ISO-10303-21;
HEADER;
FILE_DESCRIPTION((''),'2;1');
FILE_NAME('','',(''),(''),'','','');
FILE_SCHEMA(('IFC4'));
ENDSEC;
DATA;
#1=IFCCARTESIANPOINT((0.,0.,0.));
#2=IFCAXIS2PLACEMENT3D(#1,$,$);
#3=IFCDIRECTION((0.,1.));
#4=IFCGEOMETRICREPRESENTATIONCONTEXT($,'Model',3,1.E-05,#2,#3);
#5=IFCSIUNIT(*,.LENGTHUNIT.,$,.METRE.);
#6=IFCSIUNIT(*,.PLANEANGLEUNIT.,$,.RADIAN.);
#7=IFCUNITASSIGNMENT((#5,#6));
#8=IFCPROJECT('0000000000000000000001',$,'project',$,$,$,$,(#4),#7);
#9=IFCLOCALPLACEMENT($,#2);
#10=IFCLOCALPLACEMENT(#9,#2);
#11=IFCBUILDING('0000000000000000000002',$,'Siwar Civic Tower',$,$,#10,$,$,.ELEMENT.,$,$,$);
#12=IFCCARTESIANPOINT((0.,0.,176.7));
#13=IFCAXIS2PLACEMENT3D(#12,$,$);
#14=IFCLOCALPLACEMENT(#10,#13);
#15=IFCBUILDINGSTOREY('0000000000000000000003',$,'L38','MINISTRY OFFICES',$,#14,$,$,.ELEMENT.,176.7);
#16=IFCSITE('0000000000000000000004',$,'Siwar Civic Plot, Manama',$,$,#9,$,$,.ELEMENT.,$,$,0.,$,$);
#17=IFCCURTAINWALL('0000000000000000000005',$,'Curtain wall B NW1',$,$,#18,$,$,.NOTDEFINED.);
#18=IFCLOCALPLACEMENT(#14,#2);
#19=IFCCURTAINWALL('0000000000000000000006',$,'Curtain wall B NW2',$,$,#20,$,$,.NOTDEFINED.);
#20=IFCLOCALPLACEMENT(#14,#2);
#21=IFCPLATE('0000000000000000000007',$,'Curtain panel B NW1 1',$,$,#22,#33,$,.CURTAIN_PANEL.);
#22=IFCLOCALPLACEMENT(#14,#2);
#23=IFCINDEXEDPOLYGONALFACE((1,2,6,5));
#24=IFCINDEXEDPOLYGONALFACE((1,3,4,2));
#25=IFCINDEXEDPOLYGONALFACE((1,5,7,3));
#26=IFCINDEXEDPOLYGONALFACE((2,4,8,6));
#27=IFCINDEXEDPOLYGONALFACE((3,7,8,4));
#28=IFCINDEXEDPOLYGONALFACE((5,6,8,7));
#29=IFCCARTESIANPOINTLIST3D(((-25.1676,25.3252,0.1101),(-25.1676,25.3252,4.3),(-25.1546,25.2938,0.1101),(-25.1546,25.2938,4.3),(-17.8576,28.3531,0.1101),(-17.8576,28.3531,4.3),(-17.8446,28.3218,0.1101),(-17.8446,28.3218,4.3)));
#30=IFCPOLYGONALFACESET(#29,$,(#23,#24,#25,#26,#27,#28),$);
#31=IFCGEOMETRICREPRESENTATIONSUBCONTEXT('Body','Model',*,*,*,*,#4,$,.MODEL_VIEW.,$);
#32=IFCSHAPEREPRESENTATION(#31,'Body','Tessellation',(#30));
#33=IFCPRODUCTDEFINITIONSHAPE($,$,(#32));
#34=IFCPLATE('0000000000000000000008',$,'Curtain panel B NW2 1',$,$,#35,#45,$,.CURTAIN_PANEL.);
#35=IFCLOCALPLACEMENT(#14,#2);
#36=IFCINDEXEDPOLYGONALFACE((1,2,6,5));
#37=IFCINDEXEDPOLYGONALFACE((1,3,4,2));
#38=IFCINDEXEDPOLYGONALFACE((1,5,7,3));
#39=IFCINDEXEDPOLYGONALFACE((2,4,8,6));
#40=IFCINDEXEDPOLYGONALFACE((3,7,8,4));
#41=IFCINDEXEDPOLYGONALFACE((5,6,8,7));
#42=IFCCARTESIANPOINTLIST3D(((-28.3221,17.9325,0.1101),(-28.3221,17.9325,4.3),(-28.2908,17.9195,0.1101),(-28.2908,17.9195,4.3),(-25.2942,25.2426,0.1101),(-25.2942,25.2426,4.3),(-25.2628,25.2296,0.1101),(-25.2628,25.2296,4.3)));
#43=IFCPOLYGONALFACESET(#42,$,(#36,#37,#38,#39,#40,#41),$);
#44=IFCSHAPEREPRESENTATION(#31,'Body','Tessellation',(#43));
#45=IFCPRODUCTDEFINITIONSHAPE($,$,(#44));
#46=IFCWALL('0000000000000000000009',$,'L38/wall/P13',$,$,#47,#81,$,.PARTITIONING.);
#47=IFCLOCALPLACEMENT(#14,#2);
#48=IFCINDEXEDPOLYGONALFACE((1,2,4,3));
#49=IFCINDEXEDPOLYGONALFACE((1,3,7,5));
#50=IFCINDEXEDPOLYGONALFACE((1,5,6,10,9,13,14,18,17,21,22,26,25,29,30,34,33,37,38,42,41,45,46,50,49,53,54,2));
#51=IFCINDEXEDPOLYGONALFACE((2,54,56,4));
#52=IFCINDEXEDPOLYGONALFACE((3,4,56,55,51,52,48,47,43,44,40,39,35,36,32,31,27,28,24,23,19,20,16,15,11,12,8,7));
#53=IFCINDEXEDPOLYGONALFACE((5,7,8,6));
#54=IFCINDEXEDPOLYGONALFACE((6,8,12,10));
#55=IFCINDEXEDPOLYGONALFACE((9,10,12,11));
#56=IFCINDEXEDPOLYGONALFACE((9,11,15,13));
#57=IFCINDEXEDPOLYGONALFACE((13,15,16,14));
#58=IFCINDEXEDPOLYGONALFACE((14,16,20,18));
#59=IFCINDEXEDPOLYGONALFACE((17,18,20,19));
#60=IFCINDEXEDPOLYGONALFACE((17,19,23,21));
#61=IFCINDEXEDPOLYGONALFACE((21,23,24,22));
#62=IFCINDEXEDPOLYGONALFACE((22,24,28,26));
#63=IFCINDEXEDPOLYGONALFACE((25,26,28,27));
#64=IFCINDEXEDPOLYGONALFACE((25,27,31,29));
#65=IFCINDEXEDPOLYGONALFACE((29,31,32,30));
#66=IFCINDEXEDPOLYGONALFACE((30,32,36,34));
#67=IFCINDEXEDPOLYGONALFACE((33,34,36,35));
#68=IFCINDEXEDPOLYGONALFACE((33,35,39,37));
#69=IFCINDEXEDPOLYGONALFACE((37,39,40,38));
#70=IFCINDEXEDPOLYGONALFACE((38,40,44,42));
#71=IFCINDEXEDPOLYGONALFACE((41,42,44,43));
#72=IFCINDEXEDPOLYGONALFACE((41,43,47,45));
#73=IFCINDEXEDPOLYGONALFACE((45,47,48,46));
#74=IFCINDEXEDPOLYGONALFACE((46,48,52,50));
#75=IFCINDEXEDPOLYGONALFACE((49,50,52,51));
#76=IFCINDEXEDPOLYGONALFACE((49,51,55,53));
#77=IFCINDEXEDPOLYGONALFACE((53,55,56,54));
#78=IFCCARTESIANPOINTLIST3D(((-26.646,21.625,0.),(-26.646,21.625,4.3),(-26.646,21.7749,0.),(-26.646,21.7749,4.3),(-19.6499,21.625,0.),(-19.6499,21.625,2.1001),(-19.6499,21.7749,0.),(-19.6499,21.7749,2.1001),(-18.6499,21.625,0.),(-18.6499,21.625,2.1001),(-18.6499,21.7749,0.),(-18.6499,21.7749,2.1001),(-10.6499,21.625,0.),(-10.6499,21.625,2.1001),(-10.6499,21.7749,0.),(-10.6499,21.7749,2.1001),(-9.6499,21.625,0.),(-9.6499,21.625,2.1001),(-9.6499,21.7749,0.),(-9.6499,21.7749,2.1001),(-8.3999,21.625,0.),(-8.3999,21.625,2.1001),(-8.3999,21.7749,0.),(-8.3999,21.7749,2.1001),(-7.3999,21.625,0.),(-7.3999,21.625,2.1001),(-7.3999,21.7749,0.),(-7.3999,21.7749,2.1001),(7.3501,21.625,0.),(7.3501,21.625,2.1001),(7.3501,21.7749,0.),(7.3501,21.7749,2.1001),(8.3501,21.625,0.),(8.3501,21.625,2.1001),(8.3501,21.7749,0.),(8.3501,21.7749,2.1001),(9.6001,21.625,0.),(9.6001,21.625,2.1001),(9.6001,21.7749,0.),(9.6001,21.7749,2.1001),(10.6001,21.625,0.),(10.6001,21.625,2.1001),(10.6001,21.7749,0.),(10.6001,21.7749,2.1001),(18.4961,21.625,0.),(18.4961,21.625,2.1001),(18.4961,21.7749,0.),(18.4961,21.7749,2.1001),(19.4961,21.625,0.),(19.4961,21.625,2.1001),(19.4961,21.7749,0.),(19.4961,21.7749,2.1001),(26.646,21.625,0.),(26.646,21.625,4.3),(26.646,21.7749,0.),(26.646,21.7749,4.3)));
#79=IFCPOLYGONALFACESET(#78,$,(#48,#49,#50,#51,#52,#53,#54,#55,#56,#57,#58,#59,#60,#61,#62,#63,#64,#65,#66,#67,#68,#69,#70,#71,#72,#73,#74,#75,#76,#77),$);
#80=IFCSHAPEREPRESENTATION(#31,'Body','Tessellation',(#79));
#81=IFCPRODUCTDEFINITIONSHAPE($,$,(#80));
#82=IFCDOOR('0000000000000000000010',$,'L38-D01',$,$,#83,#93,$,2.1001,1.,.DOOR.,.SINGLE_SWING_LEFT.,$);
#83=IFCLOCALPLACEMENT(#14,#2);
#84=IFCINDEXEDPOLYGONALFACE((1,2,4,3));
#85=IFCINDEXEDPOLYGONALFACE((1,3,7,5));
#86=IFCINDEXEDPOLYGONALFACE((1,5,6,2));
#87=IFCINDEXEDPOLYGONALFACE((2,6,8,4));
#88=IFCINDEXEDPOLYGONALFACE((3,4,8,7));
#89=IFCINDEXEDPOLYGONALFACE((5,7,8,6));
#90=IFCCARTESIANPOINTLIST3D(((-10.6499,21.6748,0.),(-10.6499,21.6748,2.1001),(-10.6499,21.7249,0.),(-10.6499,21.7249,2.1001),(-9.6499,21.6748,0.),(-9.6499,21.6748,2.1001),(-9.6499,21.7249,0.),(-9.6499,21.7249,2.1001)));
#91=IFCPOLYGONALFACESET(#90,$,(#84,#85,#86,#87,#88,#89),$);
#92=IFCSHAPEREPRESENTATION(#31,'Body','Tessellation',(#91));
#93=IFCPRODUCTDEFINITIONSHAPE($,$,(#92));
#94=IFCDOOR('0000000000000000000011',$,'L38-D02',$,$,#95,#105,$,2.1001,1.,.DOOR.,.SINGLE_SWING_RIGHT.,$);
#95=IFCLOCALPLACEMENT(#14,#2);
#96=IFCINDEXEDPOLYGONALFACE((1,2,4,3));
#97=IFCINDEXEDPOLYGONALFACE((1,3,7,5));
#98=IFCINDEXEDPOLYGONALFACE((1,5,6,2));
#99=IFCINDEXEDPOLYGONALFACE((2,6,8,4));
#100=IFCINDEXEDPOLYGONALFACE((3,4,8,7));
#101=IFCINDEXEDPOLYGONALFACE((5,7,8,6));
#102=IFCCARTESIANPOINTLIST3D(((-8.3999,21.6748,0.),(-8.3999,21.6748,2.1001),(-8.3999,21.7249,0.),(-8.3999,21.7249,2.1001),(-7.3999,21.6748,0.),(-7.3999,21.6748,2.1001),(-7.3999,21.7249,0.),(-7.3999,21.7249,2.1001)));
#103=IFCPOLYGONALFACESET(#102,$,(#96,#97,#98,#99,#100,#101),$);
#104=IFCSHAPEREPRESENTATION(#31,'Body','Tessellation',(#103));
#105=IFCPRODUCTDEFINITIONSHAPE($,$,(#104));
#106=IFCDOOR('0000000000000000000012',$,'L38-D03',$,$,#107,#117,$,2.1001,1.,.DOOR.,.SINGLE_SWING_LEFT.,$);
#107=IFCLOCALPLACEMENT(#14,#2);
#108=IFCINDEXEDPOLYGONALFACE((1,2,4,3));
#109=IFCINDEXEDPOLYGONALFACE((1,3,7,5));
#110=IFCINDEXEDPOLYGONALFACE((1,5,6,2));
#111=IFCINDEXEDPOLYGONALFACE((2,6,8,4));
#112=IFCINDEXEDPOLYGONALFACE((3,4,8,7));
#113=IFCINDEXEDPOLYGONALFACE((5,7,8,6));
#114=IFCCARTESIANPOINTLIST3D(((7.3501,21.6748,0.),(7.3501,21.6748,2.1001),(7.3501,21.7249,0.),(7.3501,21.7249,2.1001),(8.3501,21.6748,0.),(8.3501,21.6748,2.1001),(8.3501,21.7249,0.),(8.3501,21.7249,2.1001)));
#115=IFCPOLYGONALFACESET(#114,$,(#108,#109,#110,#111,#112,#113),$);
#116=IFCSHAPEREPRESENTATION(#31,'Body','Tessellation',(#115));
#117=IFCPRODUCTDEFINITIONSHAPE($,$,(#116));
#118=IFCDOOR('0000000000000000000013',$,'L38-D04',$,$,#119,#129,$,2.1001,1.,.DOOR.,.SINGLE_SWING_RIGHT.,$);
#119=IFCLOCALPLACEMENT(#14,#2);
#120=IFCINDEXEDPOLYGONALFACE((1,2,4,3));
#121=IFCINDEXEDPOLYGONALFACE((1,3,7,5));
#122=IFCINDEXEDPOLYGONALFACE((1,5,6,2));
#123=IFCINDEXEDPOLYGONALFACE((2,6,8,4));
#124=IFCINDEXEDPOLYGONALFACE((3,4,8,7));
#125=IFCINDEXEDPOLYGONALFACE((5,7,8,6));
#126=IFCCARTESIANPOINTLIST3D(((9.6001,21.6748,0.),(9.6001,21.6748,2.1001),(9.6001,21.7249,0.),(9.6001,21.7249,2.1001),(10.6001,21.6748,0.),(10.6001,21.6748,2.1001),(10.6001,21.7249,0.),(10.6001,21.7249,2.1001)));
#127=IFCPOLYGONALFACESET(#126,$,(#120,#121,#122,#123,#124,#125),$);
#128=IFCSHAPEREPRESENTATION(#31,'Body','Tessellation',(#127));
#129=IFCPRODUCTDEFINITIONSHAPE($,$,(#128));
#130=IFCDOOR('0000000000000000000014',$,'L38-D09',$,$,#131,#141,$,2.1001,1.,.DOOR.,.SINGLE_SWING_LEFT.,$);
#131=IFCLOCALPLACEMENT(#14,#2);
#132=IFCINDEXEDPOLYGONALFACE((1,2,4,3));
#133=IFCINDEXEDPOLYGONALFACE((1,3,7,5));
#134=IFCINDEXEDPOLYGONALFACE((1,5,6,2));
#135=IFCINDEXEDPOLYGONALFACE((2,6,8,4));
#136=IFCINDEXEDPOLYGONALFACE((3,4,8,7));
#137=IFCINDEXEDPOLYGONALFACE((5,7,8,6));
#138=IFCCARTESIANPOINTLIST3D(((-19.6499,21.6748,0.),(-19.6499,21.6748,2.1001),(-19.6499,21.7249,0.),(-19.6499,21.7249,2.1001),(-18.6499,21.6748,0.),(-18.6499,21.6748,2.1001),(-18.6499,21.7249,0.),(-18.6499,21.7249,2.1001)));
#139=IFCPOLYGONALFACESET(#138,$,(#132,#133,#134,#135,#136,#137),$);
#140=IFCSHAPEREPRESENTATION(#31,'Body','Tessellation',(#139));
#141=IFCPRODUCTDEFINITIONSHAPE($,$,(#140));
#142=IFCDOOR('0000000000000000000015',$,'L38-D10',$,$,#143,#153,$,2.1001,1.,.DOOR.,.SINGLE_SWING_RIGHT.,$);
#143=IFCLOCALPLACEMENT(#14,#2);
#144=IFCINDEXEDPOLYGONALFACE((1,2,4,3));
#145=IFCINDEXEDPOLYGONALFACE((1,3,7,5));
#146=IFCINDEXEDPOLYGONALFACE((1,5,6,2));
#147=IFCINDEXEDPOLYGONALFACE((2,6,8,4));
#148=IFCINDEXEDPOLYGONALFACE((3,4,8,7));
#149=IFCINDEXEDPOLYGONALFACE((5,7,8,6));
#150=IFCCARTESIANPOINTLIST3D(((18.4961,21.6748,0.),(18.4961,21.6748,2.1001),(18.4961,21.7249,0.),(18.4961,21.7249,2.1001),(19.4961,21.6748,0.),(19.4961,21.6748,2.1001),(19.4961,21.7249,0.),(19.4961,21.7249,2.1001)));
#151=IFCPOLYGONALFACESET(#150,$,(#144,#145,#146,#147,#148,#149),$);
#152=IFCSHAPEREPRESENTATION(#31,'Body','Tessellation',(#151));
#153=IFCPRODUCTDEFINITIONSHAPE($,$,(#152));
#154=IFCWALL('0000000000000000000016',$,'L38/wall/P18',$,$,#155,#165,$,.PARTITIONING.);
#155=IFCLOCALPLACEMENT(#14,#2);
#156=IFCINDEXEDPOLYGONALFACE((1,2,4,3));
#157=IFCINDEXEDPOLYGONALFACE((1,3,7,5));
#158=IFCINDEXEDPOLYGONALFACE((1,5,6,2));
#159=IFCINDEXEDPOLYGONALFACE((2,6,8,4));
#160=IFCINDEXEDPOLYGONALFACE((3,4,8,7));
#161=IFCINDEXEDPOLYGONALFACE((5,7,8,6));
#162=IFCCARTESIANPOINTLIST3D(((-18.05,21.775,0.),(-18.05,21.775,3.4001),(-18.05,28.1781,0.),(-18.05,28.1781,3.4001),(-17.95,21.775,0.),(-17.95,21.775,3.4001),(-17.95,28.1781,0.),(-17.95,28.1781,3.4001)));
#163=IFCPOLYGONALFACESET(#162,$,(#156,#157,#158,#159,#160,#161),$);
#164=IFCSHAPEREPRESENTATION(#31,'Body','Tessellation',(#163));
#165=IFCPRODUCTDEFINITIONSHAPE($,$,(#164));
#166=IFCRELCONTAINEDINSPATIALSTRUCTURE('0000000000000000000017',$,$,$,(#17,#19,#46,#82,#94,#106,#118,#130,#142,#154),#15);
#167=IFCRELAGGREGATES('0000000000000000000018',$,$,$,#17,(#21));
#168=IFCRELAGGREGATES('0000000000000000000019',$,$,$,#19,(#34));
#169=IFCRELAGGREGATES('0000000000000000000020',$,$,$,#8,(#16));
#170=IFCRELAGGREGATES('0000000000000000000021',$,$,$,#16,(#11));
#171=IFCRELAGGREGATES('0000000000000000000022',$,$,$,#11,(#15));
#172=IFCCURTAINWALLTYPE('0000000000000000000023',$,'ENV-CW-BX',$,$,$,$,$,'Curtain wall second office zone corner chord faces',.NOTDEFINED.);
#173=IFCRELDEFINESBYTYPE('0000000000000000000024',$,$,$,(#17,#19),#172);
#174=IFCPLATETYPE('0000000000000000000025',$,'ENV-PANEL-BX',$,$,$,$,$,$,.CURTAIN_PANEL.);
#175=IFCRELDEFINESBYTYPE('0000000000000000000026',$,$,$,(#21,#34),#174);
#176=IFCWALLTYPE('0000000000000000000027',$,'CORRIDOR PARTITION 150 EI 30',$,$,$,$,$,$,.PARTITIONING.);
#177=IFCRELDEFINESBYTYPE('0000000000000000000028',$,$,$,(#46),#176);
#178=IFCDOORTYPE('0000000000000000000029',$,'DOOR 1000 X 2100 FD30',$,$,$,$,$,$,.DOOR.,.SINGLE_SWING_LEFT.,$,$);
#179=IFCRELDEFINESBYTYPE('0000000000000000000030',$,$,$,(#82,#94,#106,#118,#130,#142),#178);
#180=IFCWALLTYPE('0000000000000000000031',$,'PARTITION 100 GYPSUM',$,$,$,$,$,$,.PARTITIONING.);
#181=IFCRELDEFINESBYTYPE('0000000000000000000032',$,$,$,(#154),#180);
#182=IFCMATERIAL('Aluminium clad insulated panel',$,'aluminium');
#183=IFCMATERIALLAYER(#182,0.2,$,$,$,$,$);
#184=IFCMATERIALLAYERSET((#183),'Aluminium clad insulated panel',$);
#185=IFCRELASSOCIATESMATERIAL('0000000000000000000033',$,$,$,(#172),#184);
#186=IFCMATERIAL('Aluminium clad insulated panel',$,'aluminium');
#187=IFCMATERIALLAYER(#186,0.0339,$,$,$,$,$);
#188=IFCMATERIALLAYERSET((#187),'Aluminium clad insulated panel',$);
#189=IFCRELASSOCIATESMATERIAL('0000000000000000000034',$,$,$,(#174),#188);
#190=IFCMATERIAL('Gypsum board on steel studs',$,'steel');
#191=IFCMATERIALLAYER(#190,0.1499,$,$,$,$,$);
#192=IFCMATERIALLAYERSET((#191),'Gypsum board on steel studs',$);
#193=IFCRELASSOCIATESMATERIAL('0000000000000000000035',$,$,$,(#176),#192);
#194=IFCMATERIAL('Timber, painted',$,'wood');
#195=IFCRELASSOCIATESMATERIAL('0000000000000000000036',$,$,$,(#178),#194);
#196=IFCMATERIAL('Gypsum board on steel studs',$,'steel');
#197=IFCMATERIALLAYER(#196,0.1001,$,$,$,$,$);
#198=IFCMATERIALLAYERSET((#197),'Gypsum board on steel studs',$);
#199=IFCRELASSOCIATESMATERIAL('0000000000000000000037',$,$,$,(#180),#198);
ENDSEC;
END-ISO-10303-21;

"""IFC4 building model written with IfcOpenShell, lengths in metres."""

from ifc_helpers import new_model, si_unit, direction, frame, frame_2d, origin, origin_2d, place, context, subcontext, project, spatial, rectangle, extrude, material, layer, layer_set, type_object, element, fill, aggregate, save


model = new_model("IFC4")

# Units and contexts
model_context = context("Model", 3, precision=1e-05, world=origin(), true_north=direction((0.0, 1.0)))
body_context = subcontext(model_context, "Body", "Model", "MODEL_VIEW")
ifc_project = project(units=[si_unit("LENGTHUNIT", "METRE"), si_unit("PLANEANGLEUNIT", "RADIAN")], contexts=[model_context])

# Site, building, storey
site_placement = place(None, origin())
site = spatial("IfcSite", under=ifc_project, at=site_placement, Name="Siwar Civic Plot, Manama", CompositionType="ELEMENT", RefElevation=0.0)
building_placement = place(site_placement, origin())
building = spatial("IfcBuilding", under=site, at=building_placement, Name="Siwar Civic Tower", CompositionType="ELEMENT")
storey_placement = place(building_placement, frame((0.0, 0.0, 176.7)))
storey = spatial("IfcBuildingStorey", under=building, at=storey_placement, Name="L38", Description="MINISTRY OFFICES", CompositionType="ELEMENT", Elevation=176.7)

# Curtain walls
ifc_material_1 = material(Name="Aluminium clad insulated panel", Category="aluminium")
ifc_layer_1 = layer(ifc_material_1, 0.2)
ifc_layer_set_1 = layer_set([ifc_layer_1], Name="Aluminium clad insulated panel")
curtain_wall_type = type_object("IfcCurtainWallType", Name="ENV-CW-BX", ElementType="Curtain wall second office zone corner chord faces", PredefinedType="NOTDEFINED", material=ifc_layer_set_1)
curtain_wall_1_placement = place(storey_placement, origin())
curtain_wall_1 = element("IfcCurtainWall", 1, at=curtain_wall_1_placement, inside=storey, type_object=curtain_wall_type, Name="Curtain wall B NW1", PredefinedType="NOTDEFINED")
curtain_wall_2_placement = place(storey_placement, origin())
curtain_wall_2 = element("IfcCurtainWall", 2, at=curtain_wall_2_placement, inside=storey, type_object=curtain_wall_type, Name="Curtain wall B NW2", PredefinedType="NOTDEFINED")

# Plates
ifc_material_2 = material(Name="Aluminium clad insulated panel", Category="aluminium")
ifc_layer_2 = layer(ifc_material_2, 0.0339)
ifc_layer_set_2 = layer_set([ifc_layer_2], Name="Aluminium clad insulated panel")
plate_type = type_object("IfcPlateType", Name="ENV-PANEL-BX", PredefinedType="CURTAIN_PANEL", material=ifc_layer_set_2)
plate_1_placement = place(storey_placement, frame((-21.5061, 26.8235, 0.1101), z_axis=(0.0, 0.0, 1.0), x_axis=(-0.92388, -0.382683, 0.0)))
plate_1 = element("IfcPlate", 3, at=plate_1_placement, type_object=plate_type, Name="Curtain panel B NW1 1", PredefinedType="CURTAIN_PANEL", context=body_context, shape_type="SweptSolid", body=[
    extrude(rectangle(XDim=7.9124, YDim=0.0339, at=origin_2d()), origin(), (0.0, 0.0, 1.0), 4.1899),
])
aggregate(curtain_wall_1, [plate_1])
plate_2_placement = place(storey_placement, frame((-26.7925, 21.5811, 0.1101), z_axis=(0.0, 0.0, 1.0), x_axis=(-0.382683, -0.92388, 0.0)))
plate_2 = element("IfcPlate", 4, at=plate_2_placement, type_object=plate_type, Name="Curtain panel B NW2 1", PredefinedType="CURTAIN_PANEL", context=body_context, shape_type="SweptSolid", body=[
    extrude(rectangle(XDim=7.9124, YDim=0.0339, at=origin_2d()), origin(), (0.0, 0.0, 1.0), 4.1899),
])
aggregate(curtain_wall_2, [plate_2])

# Wall, openings, doors
ifc_material_3 = material(Name="Gypsum board on steel studs", Category="steel")
ifc_layer_3 = layer(ifc_material_3, 0.1499)
ifc_layer_set_3 = layer_set([ifc_layer_3], Name="Gypsum board on steel studs")
wall_type_1 = type_object("IfcWallType", Name="CORRIDOR PARTITION 150 EI 30", PredefinedType="PARTITIONING", material=ifc_layer_set_3)
wall_1_placement = place(storey_placement, frame((-26.646, 21.7, 0.0), z_axis=(0.0, 0.0, 1.0), x_axis=(1.0, 0.0, 0.0)))
wall_1 = element("IfcWall", 5, at=wall_1_placement, inside=storey, type_object=wall_type_1, Name="L38/wall/P13", PredefinedType="PARTITIONING", context=body_context, shape_type="SweptSolid", body=[
    extrude(rectangle(XDim=53.292, YDim=0.1499, at=frame_2d((26.646, 0.0))), origin(), (0.0, 0.0, 1.0), 4.3),
])
opening_1_placement = place(wall_1_placement, frame((15.9961, 0.0, 0.0)))
opening_1 = element("IfcOpeningElement", 6, at=opening_1_placement, cuts=wall_1, PredefinedType="OPENING", context=body_context, shape_type="SweptSolid", body=[
    extrude(rectangle(XDim=1.0, YDim=2.1001, at=frame_2d((0.5, 1.05))), frame((0.0, 0.085, 0.0), z_axis=(0.0, -1.0, 0.0), x_axis=(1.0, 0.0, 0.0)), (0.0, 0.0, 1.0), 0.1699),
])
opening_2_placement = place(wall_1_placement, frame((18.2461, 0.0, 0.0)))
opening_2 = element("IfcOpeningElement", 7, at=opening_2_placement, cuts=wall_1, PredefinedType="OPENING", context=body_context, shape_type="SweptSolid", body=[
    extrude(rectangle(XDim=1.0, YDim=2.1001, at=frame_2d((0.5, 1.05))), frame((0.0, 0.085, 0.0), z_axis=(0.0, -1.0, 0.0), x_axis=(1.0, 0.0, 0.0)), (0.0, 0.0, 1.0), 0.1699),
])
opening_3_placement = place(wall_1_placement, frame((33.9961, 0.0, 0.0)))
opening_3 = element("IfcOpeningElement", 8, at=opening_3_placement, cuts=wall_1, PredefinedType="OPENING", context=body_context, shape_type="SweptSolid", body=[
    extrude(rectangle(XDim=1.0, YDim=2.1001, at=frame_2d((0.5, 1.05))), frame((0.0, 0.085, 0.0), z_axis=(0.0, -1.0, 0.0), x_axis=(1.0, 0.0, 0.0)), (0.0, 0.0, 1.0), 0.1699),
])
opening_4_placement = place(wall_1_placement, frame((36.2461, 0.0, 0.0)))
opening_4 = element("IfcOpeningElement", 9, at=opening_4_placement, cuts=wall_1, PredefinedType="OPENING", context=body_context, shape_type="SweptSolid", body=[
    extrude(rectangle(XDim=1.0, YDim=2.1001, at=frame_2d((0.5, 1.05))), frame((0.0, 0.085, 0.0), z_axis=(0.0, -1.0, 0.0), x_axis=(1.0, 0.0, 0.0)), (0.0, 0.0, 1.0), 0.1699),
])
opening_5_placement = place(wall_1_placement, frame((6.9961, 0.0, 0.0)))
opening_5 = element("IfcOpeningElement", 10, at=opening_5_placement, cuts=wall_1, PredefinedType="OPENING", context=body_context, shape_type="SweptSolid", body=[
    extrude(rectangle(XDim=1.0, YDim=2.1001, at=frame_2d((0.5, 1.05))), frame((0.0, 0.085, 0.0), z_axis=(0.0, -1.0, 0.0), x_axis=(1.0, 0.0, 0.0)), (0.0, 0.0, 1.0), 0.1699),
])
opening_6_placement = place(wall_1_placement, frame((45.1421, 0.0, 0.0)))
opening_6 = element("IfcOpeningElement", 11, at=opening_6_placement, cuts=wall_1, PredefinedType="OPENING", context=body_context, shape_type="SweptSolid", body=[
    extrude(rectangle(XDim=1.0, YDim=2.1001, at=frame_2d((0.5, 1.05))), frame((0.0, 0.085, 0.0), z_axis=(0.0, -1.0, 0.0), x_axis=(1.0, 0.0, 0.0)), (0.0, 0.0, 1.0), 0.1699),
])
ifc_material_4 = material(Name="Timber, painted", Category="wood")
door_type = type_object("IfcDoorType", Name="DOOR 1000 X 2100 FD30", OperationType="SINGLE_SWING_LEFT", PredefinedType="DOOR", material=ifc_material_4)
door_1_placement = place(opening_1_placement, origin())
door_1 = element("IfcDoor", 12, at=door_1_placement, inside=storey, type_object=door_type, Name="L38-D01", OperationType="SINGLE_SWING_LEFT", OverallHeight=2.1001, OverallWidth=1.0, PredefinedType="DOOR", context=body_context, shape_type="SweptSolid", body=[
    extrude(rectangle(XDim=1.0, YDim=2.1001, at=frame_2d((0.5, 1.05))), frame((0.0, 0.0249, 0.0), z_axis=(0.0, -1.0, 0.0), x_axis=(1.0, 0.0, 0.0)), (0.0, 0.0, 1.0), 0.05),
])
fill(opening_1, door_1)
door_2_placement = place(opening_2_placement, origin())
door_2 = element("IfcDoor", 13, at=door_2_placement, inside=storey, type_object=door_type, Name="L38-D02", OperationType="SINGLE_SWING_RIGHT", OverallHeight=2.1001, OverallWidth=1.0, PredefinedType="DOOR", context=body_context, shape_type="SweptSolid", body=[
    extrude(rectangle(XDim=1.0, YDim=2.1001, at=frame_2d((0.5, 1.05))), frame((0.0, 0.0249, 0.0), z_axis=(0.0, -1.0, 0.0), x_axis=(1.0, 0.0, 0.0)), (0.0, 0.0, 1.0), 0.05),
])
fill(opening_2, door_2)
door_3_placement = place(opening_3_placement, origin())
door_3 = element("IfcDoor", 14, at=door_3_placement, inside=storey, type_object=door_type, Name="L38-D03", OperationType="SINGLE_SWING_LEFT", OverallHeight=2.1001, OverallWidth=1.0, PredefinedType="DOOR", context=body_context, shape_type="SweptSolid", body=[
    extrude(rectangle(XDim=1.0, YDim=2.1001, at=frame_2d((0.5, 1.05))), frame((0.0, 0.0249, 0.0), z_axis=(0.0, -1.0, 0.0), x_axis=(1.0, 0.0, 0.0)), (0.0, 0.0, 1.0), 0.05),
])
fill(opening_3, door_3)
door_4_placement = place(opening_4_placement, origin())
door_4 = element("IfcDoor", 15, at=door_4_placement, inside=storey, type_object=door_type, Name="L38-D04", OperationType="SINGLE_SWING_RIGHT", OverallHeight=2.1001, OverallWidth=1.0, PredefinedType="DOOR", context=body_context, shape_type="SweptSolid", body=[
    extrude(rectangle(XDim=1.0, YDim=2.1001, at=frame_2d((0.5, 1.05))), frame((0.0, 0.0249, 0.0), z_axis=(0.0, -1.0, 0.0), x_axis=(1.0, 0.0, 0.0)), (0.0, 0.0, 1.0), 0.05),
])
fill(opening_4, door_4)
door_5_placement = place(opening_5_placement, origin())
door_5 = element("IfcDoor", 16, at=door_5_placement, inside=storey, type_object=door_type, Name="L38-D09", OperationType="SINGLE_SWING_LEFT", OverallHeight=2.1001, OverallWidth=1.0, PredefinedType="DOOR", context=body_context, shape_type="SweptSolid", body=[
    extrude(rectangle(XDim=1.0, YDim=2.1001, at=frame_2d((0.5, 1.05))), frame((0.0, 0.0249, 0.0), z_axis=(0.0, -1.0, 0.0), x_axis=(1.0, 0.0, 0.0)), (0.0, 0.0, 1.0), 0.05),
])
fill(opening_5, door_5)
door_6_placement = place(opening_6_placement, origin())
door_6 = element("IfcDoor", 17, at=door_6_placement, inside=storey, type_object=door_type, Name="L38-D10", OperationType="SINGLE_SWING_RIGHT", OverallHeight=2.1001, OverallWidth=1.0, PredefinedType="DOOR", context=body_context, shape_type="SweptSolid", body=[
    extrude(rectangle(XDim=1.0, YDim=2.1001, at=frame_2d((0.5, 1.05))), frame((0.0, 0.0249, 0.0), z_axis=(0.0, -1.0, 0.0), x_axis=(1.0, 0.0, 0.0)), (0.0, 0.0, 1.0), 0.05),
])
fill(opening_6, door_6)

# Wall
ifc_material_5 = material(Name="Gypsum board on steel studs", Category="steel")
ifc_layer_4 = layer(ifc_material_5, 0.1001)
ifc_layer_set_4 = layer_set([ifc_layer_4], Name="Gypsum board on steel studs")
wall_type_2 = type_object("IfcWallType", Name="PARTITION 100 GYPSUM", PredefinedType="PARTITIONING", material=ifc_layer_set_4)
wall_2_placement = place(storey_placement, frame((-18.0, 21.7749, 0.0), z_axis=(0.0, 0.0, 1.0), x_axis=(0.0, 1.0, 0.0)))
element("IfcWall", 18, at=wall_2_placement, inside=storey, type_object=wall_type_2, Name="L38/wall/P18", PredefinedType="PARTITIONING", context=body_context, shape_type="SweptSolid", body=[
    extrude(rectangle(XDim=6.4031, YDim=0.1001, at=frame_2d((3.2017, 0.0))), origin(), (0.0, 0.0, 1.0), 3.4001),
])

save(model, "model.ifc")
